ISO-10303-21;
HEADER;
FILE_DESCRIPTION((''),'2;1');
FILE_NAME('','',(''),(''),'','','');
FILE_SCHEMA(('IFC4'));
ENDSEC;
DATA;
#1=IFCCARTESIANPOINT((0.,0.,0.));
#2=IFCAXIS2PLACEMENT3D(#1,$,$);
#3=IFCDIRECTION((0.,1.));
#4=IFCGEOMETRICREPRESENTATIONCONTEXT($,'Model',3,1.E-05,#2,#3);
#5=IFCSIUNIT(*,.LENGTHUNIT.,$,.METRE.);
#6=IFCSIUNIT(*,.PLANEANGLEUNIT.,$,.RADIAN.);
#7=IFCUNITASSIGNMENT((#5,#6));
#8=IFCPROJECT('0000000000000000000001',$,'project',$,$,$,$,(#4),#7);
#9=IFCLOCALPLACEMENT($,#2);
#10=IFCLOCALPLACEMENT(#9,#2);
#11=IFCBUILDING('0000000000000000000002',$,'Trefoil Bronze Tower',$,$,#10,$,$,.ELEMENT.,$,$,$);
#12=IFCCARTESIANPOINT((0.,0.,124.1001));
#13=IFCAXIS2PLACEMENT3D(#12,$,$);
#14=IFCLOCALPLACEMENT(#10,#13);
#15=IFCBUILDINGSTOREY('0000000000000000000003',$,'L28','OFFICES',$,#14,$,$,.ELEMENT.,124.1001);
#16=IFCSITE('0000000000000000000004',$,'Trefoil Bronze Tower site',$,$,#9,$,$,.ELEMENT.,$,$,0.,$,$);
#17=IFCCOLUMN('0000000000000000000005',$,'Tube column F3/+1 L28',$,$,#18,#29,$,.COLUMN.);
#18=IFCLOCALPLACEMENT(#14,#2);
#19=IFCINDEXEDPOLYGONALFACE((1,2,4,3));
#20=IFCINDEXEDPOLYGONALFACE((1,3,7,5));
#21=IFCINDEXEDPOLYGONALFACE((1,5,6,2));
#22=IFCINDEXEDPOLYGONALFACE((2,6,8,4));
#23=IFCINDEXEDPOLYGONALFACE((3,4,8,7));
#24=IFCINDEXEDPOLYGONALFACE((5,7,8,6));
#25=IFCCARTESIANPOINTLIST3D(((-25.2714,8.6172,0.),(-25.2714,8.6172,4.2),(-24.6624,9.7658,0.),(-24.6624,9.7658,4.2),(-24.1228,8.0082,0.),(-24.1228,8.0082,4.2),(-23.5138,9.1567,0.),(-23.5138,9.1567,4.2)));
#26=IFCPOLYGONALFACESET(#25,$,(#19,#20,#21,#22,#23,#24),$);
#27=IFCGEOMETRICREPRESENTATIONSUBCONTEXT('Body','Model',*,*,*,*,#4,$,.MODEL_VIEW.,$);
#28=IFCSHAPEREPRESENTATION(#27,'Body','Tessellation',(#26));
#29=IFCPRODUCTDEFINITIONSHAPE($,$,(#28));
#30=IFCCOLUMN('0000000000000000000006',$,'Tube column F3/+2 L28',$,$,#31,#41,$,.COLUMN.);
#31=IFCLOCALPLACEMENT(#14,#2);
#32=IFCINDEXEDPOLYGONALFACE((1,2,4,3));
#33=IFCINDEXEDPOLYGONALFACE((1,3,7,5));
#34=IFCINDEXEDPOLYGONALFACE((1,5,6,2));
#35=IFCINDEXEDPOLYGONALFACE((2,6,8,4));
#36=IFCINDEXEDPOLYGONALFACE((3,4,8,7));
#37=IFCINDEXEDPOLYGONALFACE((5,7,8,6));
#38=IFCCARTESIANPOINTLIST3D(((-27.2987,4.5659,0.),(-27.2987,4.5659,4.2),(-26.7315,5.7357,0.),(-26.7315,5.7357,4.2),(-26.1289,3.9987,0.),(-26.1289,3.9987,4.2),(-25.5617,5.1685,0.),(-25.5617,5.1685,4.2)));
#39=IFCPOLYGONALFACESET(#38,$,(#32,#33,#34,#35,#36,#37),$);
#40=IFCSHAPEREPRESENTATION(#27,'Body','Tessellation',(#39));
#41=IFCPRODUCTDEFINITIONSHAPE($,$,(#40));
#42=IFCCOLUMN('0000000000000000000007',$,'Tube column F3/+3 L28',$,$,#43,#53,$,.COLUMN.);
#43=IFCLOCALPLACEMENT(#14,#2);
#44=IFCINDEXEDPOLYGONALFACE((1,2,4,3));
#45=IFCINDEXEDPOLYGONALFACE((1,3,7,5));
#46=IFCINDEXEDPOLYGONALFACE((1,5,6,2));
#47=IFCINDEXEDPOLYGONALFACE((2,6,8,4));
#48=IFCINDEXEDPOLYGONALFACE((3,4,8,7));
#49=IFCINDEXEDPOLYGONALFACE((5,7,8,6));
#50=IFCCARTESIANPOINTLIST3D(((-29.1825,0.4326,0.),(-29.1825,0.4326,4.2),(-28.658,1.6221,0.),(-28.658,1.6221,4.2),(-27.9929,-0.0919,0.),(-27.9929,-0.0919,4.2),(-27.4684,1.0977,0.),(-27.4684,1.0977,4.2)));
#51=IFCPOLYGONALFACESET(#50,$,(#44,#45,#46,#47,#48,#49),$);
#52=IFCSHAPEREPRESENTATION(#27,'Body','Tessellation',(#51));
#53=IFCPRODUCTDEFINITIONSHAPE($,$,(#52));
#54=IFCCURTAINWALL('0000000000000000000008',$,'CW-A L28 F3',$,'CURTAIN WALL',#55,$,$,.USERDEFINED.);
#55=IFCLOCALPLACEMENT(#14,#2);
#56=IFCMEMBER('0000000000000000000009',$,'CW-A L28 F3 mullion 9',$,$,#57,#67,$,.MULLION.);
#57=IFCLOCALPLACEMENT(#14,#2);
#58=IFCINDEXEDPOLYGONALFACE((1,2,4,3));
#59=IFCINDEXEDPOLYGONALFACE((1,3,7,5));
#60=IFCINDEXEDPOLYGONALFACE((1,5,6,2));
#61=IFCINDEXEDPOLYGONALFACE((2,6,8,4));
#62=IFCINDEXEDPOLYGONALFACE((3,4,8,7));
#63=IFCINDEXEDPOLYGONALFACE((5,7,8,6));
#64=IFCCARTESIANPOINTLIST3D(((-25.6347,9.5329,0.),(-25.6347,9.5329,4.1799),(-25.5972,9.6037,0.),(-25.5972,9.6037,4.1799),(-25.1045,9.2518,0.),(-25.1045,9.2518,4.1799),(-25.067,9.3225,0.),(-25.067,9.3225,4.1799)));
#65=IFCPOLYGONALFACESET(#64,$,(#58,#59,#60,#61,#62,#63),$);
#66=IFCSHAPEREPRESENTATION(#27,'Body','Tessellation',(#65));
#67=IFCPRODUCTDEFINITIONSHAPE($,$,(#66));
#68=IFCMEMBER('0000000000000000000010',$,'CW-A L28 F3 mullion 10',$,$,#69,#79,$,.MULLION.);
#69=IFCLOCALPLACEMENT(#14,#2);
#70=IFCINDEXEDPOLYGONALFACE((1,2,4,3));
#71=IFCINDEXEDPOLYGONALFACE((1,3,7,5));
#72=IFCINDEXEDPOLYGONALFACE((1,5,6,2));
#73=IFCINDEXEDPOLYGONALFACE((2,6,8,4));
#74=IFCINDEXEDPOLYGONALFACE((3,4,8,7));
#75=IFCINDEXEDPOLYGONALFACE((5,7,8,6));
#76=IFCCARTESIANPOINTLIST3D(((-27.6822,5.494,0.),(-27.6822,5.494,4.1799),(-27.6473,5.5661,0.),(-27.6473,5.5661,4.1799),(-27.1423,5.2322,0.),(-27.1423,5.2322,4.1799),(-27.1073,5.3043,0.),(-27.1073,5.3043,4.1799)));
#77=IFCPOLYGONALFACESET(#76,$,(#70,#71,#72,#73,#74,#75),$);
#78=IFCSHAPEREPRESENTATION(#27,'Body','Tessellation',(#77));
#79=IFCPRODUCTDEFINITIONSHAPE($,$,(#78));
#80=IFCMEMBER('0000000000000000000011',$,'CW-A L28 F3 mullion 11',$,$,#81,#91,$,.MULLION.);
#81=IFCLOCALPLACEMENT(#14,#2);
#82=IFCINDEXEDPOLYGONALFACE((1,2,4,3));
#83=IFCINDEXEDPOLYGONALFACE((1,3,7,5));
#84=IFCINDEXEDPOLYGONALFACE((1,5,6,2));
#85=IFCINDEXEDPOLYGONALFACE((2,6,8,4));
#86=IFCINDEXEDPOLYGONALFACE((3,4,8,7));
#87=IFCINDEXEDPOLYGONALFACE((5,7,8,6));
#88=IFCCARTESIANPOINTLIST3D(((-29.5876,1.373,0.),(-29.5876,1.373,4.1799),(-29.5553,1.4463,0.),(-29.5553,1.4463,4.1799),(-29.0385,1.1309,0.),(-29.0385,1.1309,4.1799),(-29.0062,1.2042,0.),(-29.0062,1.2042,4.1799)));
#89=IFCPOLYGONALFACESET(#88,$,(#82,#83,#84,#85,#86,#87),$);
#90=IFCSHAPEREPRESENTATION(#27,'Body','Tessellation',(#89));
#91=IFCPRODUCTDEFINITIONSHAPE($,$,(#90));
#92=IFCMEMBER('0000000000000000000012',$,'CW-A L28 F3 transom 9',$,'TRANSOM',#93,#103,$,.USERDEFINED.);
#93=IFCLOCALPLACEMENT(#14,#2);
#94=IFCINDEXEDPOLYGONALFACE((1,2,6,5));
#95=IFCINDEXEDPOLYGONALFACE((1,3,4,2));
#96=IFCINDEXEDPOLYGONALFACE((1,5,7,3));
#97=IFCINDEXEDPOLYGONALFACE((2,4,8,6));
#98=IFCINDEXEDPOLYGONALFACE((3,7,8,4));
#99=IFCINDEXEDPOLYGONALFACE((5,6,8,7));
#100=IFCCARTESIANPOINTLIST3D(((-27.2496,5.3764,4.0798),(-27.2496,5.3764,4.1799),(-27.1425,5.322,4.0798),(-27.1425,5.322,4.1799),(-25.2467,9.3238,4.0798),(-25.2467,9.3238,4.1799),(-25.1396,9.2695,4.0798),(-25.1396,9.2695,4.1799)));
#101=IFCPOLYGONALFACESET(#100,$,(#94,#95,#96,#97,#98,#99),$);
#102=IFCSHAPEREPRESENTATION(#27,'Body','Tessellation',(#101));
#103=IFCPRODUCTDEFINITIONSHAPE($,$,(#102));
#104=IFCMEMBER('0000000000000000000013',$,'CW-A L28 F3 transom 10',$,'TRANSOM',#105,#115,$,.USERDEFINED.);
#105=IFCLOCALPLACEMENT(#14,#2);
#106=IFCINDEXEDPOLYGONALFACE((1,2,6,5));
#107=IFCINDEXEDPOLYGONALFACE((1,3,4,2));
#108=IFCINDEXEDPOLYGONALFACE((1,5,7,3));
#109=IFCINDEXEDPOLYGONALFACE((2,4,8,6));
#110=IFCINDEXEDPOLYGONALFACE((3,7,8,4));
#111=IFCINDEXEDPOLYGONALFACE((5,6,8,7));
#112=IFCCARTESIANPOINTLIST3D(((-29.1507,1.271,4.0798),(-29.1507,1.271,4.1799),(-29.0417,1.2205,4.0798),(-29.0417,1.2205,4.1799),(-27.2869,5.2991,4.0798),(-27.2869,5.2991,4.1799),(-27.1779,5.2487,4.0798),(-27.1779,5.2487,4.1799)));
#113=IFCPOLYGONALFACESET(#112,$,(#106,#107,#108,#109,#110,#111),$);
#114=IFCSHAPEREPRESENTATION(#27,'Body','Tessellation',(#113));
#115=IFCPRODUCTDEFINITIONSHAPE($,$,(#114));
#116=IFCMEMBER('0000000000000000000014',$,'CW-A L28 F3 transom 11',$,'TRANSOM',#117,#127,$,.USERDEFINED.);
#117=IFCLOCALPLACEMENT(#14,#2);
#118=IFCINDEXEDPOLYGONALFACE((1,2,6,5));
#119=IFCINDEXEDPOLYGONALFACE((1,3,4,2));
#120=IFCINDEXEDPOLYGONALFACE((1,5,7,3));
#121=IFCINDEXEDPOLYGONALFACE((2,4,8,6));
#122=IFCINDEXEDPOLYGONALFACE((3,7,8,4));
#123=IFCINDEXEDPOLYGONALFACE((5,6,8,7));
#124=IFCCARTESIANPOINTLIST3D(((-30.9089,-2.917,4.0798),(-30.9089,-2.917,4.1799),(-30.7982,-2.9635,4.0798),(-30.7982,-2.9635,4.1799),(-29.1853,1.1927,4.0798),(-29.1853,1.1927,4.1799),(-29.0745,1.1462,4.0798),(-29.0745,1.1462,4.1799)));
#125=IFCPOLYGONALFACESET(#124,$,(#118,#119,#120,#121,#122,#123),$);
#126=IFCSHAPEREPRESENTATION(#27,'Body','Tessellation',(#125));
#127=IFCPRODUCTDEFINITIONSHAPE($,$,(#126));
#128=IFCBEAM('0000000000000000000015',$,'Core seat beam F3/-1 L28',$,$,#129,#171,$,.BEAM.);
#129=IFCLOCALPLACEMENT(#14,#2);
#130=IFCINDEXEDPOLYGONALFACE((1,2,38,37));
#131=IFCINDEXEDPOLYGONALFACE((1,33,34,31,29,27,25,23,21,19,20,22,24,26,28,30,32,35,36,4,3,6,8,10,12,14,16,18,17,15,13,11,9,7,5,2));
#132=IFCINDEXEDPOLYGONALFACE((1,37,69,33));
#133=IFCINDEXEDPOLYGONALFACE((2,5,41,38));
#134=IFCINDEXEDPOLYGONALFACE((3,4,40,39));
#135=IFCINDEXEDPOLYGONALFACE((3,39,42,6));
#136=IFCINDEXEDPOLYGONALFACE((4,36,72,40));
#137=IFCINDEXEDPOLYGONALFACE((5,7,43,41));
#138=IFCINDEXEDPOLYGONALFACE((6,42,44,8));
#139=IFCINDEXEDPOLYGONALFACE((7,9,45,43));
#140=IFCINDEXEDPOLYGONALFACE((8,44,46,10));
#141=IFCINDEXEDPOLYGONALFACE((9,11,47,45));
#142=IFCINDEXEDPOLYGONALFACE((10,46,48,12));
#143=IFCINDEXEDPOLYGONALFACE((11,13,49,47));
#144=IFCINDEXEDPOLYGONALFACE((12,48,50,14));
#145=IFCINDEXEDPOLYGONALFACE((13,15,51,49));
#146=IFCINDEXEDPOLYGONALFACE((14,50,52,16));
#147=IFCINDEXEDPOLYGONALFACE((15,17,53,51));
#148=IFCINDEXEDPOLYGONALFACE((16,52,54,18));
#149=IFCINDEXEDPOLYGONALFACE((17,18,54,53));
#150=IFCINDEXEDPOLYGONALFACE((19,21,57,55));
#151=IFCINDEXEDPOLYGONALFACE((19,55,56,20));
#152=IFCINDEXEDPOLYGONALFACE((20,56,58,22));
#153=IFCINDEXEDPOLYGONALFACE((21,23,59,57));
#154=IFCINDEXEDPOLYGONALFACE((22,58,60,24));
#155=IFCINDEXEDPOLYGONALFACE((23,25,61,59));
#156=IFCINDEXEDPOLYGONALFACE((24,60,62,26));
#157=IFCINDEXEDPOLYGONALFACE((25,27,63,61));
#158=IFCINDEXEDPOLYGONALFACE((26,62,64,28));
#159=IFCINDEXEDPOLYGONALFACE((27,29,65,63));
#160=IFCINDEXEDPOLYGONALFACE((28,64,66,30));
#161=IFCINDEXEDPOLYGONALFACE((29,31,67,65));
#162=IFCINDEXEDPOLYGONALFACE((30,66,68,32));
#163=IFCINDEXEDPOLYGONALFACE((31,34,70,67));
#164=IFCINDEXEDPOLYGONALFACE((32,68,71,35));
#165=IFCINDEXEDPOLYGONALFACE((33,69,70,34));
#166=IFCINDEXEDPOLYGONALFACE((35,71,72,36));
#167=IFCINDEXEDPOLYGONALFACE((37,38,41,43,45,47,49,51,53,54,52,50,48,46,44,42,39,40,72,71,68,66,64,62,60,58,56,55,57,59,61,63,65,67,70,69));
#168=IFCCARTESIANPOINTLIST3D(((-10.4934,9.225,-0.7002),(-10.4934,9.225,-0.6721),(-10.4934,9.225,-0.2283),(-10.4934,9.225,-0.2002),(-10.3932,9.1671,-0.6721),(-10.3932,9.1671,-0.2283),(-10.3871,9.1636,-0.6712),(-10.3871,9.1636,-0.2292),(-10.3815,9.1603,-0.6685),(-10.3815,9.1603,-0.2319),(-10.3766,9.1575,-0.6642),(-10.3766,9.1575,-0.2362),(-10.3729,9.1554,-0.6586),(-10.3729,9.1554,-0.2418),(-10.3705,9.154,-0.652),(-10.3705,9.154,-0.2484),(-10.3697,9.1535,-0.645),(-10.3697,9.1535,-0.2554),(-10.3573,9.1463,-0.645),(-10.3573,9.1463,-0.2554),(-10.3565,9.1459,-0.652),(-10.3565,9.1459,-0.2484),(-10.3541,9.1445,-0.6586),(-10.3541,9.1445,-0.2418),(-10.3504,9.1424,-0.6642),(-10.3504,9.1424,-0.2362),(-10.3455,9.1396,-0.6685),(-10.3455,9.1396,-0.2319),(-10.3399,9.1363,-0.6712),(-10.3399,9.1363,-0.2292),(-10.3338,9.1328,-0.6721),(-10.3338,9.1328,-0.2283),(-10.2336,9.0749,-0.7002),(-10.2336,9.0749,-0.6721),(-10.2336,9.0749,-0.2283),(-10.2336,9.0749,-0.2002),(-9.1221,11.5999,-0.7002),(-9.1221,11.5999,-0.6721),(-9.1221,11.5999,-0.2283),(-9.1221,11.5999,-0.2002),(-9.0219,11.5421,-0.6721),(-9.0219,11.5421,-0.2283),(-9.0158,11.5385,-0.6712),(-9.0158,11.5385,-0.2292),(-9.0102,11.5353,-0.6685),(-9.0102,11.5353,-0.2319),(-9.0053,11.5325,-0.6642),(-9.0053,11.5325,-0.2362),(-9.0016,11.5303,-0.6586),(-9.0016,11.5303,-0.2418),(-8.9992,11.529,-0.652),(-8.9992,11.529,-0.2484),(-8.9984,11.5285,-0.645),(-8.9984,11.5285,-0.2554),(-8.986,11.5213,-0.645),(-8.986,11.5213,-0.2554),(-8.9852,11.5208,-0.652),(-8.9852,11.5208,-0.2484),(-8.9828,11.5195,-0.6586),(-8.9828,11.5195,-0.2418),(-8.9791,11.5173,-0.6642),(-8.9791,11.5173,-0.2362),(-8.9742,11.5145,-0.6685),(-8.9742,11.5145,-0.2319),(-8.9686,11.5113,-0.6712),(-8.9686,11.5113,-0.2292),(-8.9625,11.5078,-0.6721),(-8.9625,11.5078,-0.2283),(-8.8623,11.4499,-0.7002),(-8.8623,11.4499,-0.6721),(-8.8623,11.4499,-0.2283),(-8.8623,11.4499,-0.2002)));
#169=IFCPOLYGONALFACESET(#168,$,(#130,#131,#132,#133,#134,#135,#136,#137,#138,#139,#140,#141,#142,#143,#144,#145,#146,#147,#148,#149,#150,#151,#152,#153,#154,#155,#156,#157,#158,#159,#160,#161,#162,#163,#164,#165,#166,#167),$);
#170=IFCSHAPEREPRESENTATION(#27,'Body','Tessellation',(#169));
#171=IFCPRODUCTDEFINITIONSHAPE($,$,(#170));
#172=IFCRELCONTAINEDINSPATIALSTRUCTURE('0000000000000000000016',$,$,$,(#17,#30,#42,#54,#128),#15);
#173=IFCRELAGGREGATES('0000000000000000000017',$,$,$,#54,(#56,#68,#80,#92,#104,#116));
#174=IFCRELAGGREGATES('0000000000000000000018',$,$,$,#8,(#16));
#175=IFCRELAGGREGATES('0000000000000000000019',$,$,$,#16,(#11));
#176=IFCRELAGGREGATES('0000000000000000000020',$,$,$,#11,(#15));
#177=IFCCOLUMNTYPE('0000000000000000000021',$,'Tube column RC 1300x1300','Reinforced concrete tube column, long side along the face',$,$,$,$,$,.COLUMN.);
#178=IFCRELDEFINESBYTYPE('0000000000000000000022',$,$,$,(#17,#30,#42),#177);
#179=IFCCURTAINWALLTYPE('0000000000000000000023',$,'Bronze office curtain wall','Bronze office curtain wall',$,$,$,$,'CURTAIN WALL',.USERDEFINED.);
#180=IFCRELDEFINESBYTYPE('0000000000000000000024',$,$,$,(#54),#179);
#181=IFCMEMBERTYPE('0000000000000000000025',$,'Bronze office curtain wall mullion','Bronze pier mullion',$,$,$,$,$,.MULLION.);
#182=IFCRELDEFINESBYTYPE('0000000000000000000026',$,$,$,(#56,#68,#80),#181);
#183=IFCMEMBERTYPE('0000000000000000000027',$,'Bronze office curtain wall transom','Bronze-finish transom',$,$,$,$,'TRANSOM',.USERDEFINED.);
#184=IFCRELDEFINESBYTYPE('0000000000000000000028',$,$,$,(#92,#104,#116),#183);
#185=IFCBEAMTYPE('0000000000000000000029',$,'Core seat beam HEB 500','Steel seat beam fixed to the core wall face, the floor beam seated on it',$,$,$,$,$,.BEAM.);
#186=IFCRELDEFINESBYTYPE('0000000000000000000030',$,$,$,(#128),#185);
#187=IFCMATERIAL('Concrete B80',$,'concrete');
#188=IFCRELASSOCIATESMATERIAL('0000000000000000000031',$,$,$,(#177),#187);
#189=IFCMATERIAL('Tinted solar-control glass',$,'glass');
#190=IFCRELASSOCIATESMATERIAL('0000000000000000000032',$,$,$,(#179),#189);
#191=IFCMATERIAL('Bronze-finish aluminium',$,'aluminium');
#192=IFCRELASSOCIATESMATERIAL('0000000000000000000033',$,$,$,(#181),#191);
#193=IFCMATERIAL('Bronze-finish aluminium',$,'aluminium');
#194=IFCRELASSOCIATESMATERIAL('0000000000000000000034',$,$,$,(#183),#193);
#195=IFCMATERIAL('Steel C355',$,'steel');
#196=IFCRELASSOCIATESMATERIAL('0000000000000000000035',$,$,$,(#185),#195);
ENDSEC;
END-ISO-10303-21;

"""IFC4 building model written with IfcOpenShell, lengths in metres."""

from ifc_helpers import new_model, si_unit, direction, frame, origin, origin_2d, place, context, subcontext, project, spatial, rectangle, i_section, extrude, material, material_profile, profile_set, type_object, element, aggregate, save


model = new_model("IFC4")

# Units and contexts
model_context = context("Model", 3, precision=1e-05, world=origin(), true_north=direction((0.0, 1.0)))
body_context = subcontext(model_context, "Body", "Model", "MODEL_VIEW")
ifc_project = project(units=[si_unit("LENGTHUNIT", "METRE"), si_unit("PLANEANGLEUNIT", "RADIAN")], contexts=[model_context])

# Site, building, storey
site_placement = place(None, origin())
site = spatial("IfcSite", under=ifc_project, at=site_placement, Name="Trefoil Bronze Tower site", CompositionType="ELEMENT", RefElevation=0.0)
building_placement = place(site_placement, origin())
building = spatial("IfcBuilding", under=site, at=building_placement, Name="Trefoil Bronze Tower", CompositionType="ELEMENT")
storey_placement = place(building_placement, frame((0.0, 0.0, 124.1001)))
storey = spatial("IfcBuildingStorey", under=building, at=storey_placement, Name="L28", Description="OFFICES", CompositionType="ELEMENT", Elevation=124.1001)

# Columns
ifc_material_1 = material(Name="Concrete B80", Category="concrete")
ifc_material_profile_1 = material_profile(ifc_material_1, rectangle(XDim=1.3, YDim=1.3, at=origin_2d()), Name="RC 1300x1300")
ifc_profile_set_1 = profile_set([ifc_material_profile_1], Name="Concrete B80")
column_type = type_object("IfcColumnType", Name="Tube column RC 1300x1300", Description="Reinforced concrete tube column, long side along the face", PredefinedType="COLUMN", material=ifc_profile_set_1)
for number, where, z_axis, x_axis, name in (
    (1, (-24.3926, 8.887, 0.0), (0.0, 0.0, 1.0), (-0.468457, -0.883486, 0.0), "Tube column F3/+1 L28"),
    (2, (-26.4302, 4.8672, 0.0), (0.0, 0.0, 1.0), (-0.436262, -0.89982, 0.0), "Tube column F3/+2 L28"),
    (3, (-28.3254, 0.7651, 0.0), (0.0, 0.0, 1.0), (-0.403412, -0.915018, 0.0), "Tube column F3/+3 L28"),
):
    element("IfcColumn", number, at=place(storey_placement, frame(where, z_axis=z_axis, x_axis=x_axis)), inside=storey, type_object=column_type, Name=name, PredefinedType="COLUMN", context=body_context, shape_type="SweptSolid", body=[
        extrude(rectangle(XDim=1.3, YDim=1.3, at=origin_2d()), origin(), (0.0, 0.0, 1.0), 4.2),
    ])

# Curtain wall, members
ifc_material_2 = material(Name="Tinted solar-control glass", Category="glass")
curtain_wall_type = type_object("IfcCurtainWallType", Name="Bronze office curtain wall", Description="Bronze office curtain wall", ElementType="CURTAIN WALL", PredefinedType="USERDEFINED", material=ifc_material_2)
curtain_wall_placement = place(storey_placement, origin())
curtain_wall = element("IfcCurtainWall", 4, at=curtain_wall_placement, inside=storey, type_object=curtain_wall_type, Name="CW-A L28 F3", ObjectType="CURTAIN WALL", PredefinedType="USERDEFINED")
ifc_material_3 = material(Name="Bronze-finish aluminium", Category="aluminium")
ifc_material_profile_2 = material_profile(ifc_material_3, rectangle(XDim=0.6001, YDim=0.0801, at=origin_2d()), Name="CW-A mullion")
ifc_profile_set_2 = profile_set([ifc_material_profile_2], Name="Bronze-finish aluminium")
member_type_1 = type_object("IfcMemberType", Name="Bronze office curtain wall mullion", Description="Bronze pier mullion", PredefinedType="MULLION", material=ifc_profile_set_2)
member_1_placement = place(storey_placement, frame((-25.3508, 9.4277, 0.0), z_axis=(0.0, 0.0, 1.0), x_axis=(0.883486, -0.468457, 0.0)))
member_1 = element("IfcMember", 5, at=member_1_placement, type_object=member_type_1, Name="CW-A L28 F3 mullion 9", PredefinedType="MULLION", context=body_context, shape_type="SweptSolid", body=[
    extrude(rectangle(XDim=0.6001, YDim=0.0801, at=origin_2d()), origin(), (0.0, 0.0, 1.0), 4.1799),
])
member_2_placement = place(storey_placement, frame((-27.3948, 5.3992, 0.0), z_axis=(0.0, 0.0, 1.0), x_axis=(0.89982, -0.436262, 0.0)))
member_2 = element("IfcMember", 6, at=member_2_placement, type_object=member_type_1, Name="CW-A L28 F3 mullion 10", PredefinedType="MULLION", context=body_context, shape_type="SweptSolid", body=[
    extrude(rectangle(XDim=0.6001, YDim=0.0801, at=origin_2d()), origin(), (0.0, 0.0, 1.0), 4.1799),
])
member_3_placement = place(storey_placement, frame((-29.2969, 1.2886, 0.0), z_axis=(0.0, 0.0, 1.0), x_axis=(0.915018, -0.403412, 0.0)))
member_3 = element("IfcMember", 7, at=member_3_placement, type_object=member_type_1, Name="CW-A L28 F3 mullion 11", PredefinedType="MULLION", context=body_context, shape_type="SweptSolid", body=[
    extrude(rectangle(XDim=0.6001, YDim=0.0801, at=origin_2d()), origin(), (0.0, 0.0, 1.0), 4.1799),
])
ifc_material_4 = material(Name="Bronze-finish aluminium", Category="aluminium")
ifc_material_profile_3 = material_profile(ifc_material_4, rectangle(XDim=0.1201, YDim=0.1001, at=origin_2d()), Name="CW-A transom")
ifc_profile_set_3 = profile_set([ifc_material_profile_3], Name="Bronze-finish aluminium")
member_type_2 = type_object("IfcMemberType", Name="Bronze office curtain wall transom", Description="Bronze-finish transom", ElementType="TRANSOM", PredefinedType="USERDEFINED", material=ifc_profile_set_3)
member_4_placement = place(storey_placement, frame((-25.1931, 9.2966, 4.1299), z_axis=(-0.452478, -0.891775, 0.0), x_axis=(0.891775, -0.452478, 0.0)))
member_4 = element("IfcMember", 8, at=member_4_placement, type_object=member_type_2, Name="CW-A L28 F3 transom 9", ObjectType="TRANSOM", PredefinedType="USERDEFINED", context=body_context, shape_type="SweptSolid", body=[
    extrude(rectangle(XDim=0.1201, YDim=0.1001, at=origin_2d()), origin(), (0.0, 0.0, 1.0), 4.4265),
])
member_5_placement = place(storey_placement, frame((-27.2324, 5.2739, 4.1299), z_axis=(-0.419923, -0.90756, 0.0), x_axis=(0.90756, -0.419923, 0.0)))
member_5 = element("IfcMember", 9, at=member_5_placement, type_object=member_type_2, Name="CW-A L28 F3 transom 10", ObjectType="TRANSOM", PredefinedType="USERDEFINED", context=body_context, shape_type="SweptSolid", body=[
    extrude(rectangle(XDim=0.1201, YDim=0.1001, at=origin_2d()), origin(), (0.0, 0.0, 1.0), 4.4385),
])
member_6_placement = place(storey_placement, frame((-29.1299, 1.1694, 4.1299), z_axis=(-0.386773, -0.922175, 0.0), x_axis=(0.922175, -0.386773, 0.0)))
member_6 = element("IfcMember", 10, at=member_6_placement, type_object=member_type_2, Name="CW-A L28 F3 transom 11", ObjectType="TRANSOM", PredefinedType="USERDEFINED", context=body_context, shape_type="SweptSolid", body=[
    extrude(rectangle(XDim=0.1201, YDim=0.1001, at=origin_2d()), origin(), (0.0, 0.0, 1.0), 4.4565),
])

# Beam
ifc_material_5 = material(Name="Steel C355", Category="steel")
ifc_material_profile_4 = material_profile(ifc_material_5, i_section(OverallWidth=0.3, OverallDepth=0.5, WebThickness=0.0144, FlangeThickness=0.0281, FilletRadius=0.0271, at=origin_2d()), Name="HEB 500")
ifc_profile_set_4 = profile_set([ifc_material_profile_4], Name="Steel C355")
beam_type_1 = type_object("IfcBeamType", Name="Core seat beam HEB 500", Description="Steel seat beam fixed to the core wall face, the floor beam seated on it", PredefinedType="BEAM", material=ifc_profile_set_4)
for number, where, z_axis, x_axis, name in (
    (11, (-8.9922, 11.5249, -0.4502), (-0.500036, -0.866005, 0.0), (0.866005, -0.500036, 0.0), "Core seat beam F3/-1 L28"),
):
    element("IfcBeam", number, at=place(storey_placement, frame(where, z_axis=z_axis, x_axis=x_axis)), inside=storey, type_object=beam_type_1, Name=name, PredefinedType="BEAM", context=body_context, shape_type="SweptSolid", body=[
        extrude(i_section(OverallWidth=0.3, OverallDepth=0.5, WebThickness=0.0144, FlangeThickness=0.0281, FilletRadius=0.0271, at=origin_2d()), origin(), (0.0, 0.0, 1.0), 2.7424),
    ])

aggregate(curtain_wall, [member_1, member_2, member_3, member_4, member_5, member_6])

save(model, "model.ifc")
